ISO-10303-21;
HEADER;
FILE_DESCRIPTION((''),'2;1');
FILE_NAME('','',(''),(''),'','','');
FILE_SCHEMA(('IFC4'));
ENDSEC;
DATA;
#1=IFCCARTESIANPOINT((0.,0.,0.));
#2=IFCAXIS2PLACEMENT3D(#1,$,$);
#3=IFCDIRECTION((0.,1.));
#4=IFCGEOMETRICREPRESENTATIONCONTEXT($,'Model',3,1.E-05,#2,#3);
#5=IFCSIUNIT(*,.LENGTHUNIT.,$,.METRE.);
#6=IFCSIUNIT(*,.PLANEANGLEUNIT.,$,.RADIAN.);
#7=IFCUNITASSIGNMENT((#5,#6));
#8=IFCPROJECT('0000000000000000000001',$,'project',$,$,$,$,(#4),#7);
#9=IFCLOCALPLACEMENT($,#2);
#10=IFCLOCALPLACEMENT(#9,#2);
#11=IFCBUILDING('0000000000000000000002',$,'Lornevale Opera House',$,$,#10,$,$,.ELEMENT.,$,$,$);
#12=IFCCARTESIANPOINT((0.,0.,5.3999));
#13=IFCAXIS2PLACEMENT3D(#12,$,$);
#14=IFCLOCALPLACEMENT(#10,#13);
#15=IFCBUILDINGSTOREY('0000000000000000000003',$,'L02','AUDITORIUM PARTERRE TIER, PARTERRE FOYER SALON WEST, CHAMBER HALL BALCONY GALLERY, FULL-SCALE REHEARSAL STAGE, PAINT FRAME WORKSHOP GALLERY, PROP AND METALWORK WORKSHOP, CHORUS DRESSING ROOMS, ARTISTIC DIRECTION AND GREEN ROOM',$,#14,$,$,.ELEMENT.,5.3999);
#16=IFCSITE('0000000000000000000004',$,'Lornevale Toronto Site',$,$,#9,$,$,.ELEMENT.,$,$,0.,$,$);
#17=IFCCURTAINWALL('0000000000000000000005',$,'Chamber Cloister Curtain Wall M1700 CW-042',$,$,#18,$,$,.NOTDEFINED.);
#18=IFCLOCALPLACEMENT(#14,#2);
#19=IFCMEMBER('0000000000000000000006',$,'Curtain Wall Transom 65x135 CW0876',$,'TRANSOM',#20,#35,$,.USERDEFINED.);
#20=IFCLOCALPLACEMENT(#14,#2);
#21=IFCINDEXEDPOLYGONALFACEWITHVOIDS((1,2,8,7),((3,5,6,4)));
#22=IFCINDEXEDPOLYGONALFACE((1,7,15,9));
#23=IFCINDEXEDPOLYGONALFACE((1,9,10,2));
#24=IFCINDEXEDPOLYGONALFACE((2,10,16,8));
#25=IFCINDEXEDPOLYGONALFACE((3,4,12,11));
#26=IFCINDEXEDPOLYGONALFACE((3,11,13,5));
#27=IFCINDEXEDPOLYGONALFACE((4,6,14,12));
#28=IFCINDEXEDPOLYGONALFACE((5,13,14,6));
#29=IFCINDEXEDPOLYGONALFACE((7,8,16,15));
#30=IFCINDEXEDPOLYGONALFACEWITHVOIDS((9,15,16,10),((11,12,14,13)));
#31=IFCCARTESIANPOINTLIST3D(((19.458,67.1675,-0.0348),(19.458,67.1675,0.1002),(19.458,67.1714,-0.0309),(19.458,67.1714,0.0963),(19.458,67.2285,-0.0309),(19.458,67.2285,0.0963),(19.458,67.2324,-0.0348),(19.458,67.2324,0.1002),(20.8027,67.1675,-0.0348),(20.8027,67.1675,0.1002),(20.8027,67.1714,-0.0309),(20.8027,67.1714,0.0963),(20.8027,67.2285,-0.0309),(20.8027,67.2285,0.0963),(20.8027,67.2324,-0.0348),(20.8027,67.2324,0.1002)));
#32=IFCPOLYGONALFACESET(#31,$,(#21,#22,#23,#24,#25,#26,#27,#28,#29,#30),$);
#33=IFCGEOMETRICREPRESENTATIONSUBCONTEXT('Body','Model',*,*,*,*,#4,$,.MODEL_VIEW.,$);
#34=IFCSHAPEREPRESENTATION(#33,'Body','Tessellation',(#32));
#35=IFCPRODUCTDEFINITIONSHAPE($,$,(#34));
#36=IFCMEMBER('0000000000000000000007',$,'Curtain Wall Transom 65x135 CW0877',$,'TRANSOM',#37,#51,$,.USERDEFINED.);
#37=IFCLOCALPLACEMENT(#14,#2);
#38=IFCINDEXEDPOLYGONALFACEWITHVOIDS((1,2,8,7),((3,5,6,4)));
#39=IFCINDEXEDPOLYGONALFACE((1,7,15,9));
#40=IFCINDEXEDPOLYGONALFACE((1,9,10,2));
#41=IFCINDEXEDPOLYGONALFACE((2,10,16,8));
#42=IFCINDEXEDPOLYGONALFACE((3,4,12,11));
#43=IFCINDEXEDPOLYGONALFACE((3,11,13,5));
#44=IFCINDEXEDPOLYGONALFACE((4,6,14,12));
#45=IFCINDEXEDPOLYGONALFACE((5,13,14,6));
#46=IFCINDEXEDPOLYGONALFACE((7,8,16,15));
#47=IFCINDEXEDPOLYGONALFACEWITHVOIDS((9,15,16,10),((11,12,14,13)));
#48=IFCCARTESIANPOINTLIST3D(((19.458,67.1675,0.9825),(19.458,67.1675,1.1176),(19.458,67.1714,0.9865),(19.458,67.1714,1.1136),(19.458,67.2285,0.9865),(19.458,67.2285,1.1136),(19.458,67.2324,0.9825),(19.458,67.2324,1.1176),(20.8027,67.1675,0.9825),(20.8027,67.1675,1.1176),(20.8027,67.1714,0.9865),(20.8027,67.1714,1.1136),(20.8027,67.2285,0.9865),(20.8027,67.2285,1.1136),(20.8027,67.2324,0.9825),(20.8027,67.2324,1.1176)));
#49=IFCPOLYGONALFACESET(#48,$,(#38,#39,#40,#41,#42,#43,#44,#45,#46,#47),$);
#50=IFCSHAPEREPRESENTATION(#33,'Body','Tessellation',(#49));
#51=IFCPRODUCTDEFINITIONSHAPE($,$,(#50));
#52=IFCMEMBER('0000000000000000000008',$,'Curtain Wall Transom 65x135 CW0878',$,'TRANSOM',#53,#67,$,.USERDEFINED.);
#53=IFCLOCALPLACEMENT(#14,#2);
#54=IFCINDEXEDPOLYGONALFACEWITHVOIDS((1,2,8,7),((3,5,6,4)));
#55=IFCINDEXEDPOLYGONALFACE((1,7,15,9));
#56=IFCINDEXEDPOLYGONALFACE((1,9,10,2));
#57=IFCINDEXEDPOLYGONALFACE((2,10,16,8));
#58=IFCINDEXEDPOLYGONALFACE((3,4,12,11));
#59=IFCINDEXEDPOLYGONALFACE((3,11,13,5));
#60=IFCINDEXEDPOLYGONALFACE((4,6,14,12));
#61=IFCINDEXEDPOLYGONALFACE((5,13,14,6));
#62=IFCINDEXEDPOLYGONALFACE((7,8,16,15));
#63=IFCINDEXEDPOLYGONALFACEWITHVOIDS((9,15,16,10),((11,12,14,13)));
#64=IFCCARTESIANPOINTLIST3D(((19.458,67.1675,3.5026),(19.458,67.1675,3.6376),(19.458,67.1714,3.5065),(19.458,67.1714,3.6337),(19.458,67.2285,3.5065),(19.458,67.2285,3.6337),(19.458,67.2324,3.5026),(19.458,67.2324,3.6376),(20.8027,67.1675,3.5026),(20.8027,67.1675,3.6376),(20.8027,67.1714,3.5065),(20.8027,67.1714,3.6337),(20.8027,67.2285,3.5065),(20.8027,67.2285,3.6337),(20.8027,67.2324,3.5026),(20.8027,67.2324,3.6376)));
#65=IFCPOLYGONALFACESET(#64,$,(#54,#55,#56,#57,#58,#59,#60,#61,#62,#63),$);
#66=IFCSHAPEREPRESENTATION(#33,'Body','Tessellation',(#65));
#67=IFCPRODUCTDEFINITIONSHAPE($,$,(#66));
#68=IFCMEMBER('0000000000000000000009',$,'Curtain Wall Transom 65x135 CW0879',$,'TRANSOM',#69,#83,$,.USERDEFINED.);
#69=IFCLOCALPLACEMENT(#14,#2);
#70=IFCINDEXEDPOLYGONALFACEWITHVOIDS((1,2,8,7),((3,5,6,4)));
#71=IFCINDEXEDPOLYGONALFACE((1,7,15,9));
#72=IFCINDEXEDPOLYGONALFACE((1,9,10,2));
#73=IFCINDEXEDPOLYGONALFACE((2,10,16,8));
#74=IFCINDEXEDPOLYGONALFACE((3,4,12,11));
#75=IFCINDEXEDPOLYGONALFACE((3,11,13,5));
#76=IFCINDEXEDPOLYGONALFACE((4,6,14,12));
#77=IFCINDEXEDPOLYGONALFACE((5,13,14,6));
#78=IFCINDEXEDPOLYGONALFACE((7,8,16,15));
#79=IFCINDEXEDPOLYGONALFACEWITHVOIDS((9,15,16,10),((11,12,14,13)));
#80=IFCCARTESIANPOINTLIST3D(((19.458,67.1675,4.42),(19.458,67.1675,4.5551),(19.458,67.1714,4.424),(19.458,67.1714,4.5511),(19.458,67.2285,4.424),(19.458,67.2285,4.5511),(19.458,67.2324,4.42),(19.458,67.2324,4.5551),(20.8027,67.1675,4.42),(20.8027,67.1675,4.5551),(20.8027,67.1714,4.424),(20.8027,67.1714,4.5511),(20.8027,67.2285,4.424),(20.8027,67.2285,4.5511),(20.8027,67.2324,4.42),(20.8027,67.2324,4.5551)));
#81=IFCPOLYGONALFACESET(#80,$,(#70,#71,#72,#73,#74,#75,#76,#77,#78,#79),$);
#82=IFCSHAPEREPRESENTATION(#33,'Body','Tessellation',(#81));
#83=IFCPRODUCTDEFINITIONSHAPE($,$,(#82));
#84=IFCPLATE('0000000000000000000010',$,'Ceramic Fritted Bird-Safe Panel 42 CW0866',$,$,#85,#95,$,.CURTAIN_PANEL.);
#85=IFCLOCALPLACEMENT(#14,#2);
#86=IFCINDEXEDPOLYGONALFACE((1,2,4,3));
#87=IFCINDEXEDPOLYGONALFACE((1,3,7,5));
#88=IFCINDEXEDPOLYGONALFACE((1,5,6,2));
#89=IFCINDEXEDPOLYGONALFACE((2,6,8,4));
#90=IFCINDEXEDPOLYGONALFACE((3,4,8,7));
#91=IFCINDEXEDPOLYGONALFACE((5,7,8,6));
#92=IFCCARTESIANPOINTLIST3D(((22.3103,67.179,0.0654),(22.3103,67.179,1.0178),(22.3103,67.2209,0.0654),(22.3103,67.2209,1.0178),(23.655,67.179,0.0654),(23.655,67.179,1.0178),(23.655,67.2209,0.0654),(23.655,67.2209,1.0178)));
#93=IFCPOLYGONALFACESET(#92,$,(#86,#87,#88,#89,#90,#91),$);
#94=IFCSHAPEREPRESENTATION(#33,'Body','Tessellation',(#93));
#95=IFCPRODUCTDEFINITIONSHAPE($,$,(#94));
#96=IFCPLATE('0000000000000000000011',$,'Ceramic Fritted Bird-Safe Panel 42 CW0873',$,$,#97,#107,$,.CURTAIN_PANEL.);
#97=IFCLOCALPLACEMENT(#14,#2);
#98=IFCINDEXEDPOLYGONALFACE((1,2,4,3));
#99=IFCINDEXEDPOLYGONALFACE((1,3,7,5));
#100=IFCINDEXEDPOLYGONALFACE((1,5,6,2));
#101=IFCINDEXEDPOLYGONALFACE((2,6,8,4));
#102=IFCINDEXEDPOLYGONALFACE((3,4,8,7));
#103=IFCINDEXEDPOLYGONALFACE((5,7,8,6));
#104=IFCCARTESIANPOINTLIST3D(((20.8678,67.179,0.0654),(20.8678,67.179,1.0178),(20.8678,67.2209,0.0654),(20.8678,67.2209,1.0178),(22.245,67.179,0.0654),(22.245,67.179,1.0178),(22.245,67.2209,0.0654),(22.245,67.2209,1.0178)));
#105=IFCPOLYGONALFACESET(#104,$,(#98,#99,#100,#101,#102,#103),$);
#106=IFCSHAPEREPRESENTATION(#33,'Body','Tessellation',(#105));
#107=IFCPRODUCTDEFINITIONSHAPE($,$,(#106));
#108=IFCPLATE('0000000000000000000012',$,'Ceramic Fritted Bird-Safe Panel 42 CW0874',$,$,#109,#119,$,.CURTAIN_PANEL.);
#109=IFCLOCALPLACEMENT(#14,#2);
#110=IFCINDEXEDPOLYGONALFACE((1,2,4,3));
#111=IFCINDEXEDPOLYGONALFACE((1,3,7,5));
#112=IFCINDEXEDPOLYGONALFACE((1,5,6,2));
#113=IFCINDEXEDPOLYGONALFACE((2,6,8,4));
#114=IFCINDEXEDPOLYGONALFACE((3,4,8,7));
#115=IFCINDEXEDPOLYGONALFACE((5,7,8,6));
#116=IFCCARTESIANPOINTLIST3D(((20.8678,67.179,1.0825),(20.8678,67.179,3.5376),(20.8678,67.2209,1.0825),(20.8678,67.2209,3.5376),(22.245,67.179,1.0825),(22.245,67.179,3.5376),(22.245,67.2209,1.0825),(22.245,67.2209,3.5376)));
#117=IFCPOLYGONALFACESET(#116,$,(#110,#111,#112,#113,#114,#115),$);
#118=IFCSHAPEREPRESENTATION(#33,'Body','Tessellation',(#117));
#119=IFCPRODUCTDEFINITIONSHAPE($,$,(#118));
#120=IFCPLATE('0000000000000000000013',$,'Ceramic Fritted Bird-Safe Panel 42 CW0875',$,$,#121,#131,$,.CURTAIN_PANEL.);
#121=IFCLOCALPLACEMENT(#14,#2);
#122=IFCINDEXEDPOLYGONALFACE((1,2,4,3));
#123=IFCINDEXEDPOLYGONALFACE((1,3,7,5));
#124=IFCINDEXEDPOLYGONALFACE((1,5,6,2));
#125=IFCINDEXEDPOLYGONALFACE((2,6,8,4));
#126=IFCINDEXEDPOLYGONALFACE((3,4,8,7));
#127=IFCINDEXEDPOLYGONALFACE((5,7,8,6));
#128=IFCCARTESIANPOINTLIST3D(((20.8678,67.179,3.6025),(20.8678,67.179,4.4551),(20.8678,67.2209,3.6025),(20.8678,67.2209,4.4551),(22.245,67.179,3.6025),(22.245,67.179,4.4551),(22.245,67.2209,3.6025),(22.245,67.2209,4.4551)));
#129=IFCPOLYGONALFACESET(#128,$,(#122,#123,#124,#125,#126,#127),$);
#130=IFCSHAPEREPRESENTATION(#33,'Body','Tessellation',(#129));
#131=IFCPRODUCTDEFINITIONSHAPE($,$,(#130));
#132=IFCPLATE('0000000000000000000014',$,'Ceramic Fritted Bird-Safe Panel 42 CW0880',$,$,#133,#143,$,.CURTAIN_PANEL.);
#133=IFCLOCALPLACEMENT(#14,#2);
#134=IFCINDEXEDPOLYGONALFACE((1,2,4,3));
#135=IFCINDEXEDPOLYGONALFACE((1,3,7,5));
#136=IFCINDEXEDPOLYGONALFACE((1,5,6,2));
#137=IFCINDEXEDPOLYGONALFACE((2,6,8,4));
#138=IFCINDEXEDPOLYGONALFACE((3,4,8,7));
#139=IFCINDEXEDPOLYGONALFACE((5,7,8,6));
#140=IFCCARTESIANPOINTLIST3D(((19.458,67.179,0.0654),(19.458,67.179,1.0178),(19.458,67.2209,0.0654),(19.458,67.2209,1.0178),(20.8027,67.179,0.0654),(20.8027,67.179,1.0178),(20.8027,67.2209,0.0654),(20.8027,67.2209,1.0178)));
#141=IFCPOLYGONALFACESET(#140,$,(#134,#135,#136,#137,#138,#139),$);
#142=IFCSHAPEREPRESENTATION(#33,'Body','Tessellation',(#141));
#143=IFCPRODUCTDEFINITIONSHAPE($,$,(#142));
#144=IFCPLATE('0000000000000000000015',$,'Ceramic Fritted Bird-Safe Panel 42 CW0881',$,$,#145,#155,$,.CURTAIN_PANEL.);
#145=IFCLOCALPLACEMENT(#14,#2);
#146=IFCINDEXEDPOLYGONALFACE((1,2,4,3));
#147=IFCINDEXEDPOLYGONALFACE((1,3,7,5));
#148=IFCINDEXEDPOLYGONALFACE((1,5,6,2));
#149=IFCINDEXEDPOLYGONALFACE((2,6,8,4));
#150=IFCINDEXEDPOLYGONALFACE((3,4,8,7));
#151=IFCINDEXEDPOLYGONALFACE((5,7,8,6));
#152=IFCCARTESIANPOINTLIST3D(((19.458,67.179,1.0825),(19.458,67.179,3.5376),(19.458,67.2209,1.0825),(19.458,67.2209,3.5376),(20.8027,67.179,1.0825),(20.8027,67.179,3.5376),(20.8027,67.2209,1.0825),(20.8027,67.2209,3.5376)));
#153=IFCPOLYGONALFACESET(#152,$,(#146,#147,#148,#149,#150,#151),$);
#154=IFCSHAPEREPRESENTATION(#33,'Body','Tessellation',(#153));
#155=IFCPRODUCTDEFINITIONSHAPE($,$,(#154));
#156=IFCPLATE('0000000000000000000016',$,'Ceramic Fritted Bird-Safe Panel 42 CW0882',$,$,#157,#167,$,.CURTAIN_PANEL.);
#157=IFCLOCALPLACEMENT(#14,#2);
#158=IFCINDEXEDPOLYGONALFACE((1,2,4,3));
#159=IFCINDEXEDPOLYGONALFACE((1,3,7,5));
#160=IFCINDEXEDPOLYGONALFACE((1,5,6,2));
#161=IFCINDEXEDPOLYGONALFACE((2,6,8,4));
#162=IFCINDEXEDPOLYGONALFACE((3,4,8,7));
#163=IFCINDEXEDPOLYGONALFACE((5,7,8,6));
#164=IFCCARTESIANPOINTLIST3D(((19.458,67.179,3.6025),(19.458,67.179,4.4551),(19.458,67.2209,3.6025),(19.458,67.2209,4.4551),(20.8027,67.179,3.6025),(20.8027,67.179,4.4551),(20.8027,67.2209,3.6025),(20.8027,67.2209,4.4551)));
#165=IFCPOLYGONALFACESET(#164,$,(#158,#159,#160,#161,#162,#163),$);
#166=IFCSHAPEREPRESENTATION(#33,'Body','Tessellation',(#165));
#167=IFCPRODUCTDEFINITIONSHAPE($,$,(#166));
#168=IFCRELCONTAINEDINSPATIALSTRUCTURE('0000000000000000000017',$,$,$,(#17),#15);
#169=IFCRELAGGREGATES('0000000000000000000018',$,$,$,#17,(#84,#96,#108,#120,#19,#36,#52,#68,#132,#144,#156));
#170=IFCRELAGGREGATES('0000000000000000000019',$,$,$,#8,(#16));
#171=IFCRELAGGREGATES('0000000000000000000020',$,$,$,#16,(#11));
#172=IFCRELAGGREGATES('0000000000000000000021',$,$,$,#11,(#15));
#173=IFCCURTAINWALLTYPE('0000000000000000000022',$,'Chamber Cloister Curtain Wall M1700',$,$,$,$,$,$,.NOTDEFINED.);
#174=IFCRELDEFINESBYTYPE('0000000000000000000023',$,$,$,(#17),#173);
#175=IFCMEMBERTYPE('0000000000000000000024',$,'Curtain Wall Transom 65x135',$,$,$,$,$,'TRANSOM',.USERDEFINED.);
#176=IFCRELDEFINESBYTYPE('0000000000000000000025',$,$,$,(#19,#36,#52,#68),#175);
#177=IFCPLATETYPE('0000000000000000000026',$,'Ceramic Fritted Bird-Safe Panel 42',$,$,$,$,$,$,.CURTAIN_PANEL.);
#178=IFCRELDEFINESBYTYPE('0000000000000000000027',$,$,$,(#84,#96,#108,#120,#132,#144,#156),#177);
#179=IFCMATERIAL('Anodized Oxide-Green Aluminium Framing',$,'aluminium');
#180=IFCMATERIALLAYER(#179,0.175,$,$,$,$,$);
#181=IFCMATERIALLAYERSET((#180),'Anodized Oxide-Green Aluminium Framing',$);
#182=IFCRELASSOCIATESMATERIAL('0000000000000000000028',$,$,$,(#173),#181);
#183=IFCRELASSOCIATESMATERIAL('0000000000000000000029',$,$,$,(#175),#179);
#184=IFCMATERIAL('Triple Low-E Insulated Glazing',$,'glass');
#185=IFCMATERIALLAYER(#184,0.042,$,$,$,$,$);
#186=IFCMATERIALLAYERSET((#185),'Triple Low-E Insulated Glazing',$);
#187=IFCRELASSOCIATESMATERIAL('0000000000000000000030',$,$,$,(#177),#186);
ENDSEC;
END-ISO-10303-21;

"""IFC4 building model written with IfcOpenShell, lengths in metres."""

from ifc_helpers import new_model, si_unit, direction, frame, origin, origin_2d, place, context, subcontext, project, spatial, rectangle, hollow_rectangle, extrude, material, layer, layer_set, material_profile, profile_set, type_object, element, aggregate, save


model = new_model("IFC4")

# Units and contexts
model_context = context("Model", 3, precision=1e-05, world=origin(), true_north=direction((0.0, 1.0)))
body_context = subcontext(model_context, "Body", "Model", "MODEL_VIEW")
ifc_project = project(units=[si_unit("LENGTHUNIT", "METRE"), si_unit("PLANEANGLEUNIT", "RADIAN")], contexts=[model_context])

# Site, building, storey
site_placement = place(None, origin())
site = spatial("IfcSite", under=ifc_project, at=site_placement, Name="Lornevale Toronto Site", CompositionType="ELEMENT", RefElevation=0.0)
building_placement = place(site_placement, origin())
building = spatial("IfcBuilding", under=site, at=building_placement, Name="Lornevale Opera House", CompositionType="ELEMENT")
storey_placement = place(building_placement, frame((0.0, 0.0, 5.3999)))
storey = spatial("IfcBuildingStorey", under=building, at=storey_placement, Name="L02", Description="AUDITORIUM PARTERRE TIER, PARTERRE FOYER SALON WEST, CHAMBER HALL BALCONY GALLERY, FULL-SCALE REHEARSAL STAGE, PAINT FRAME WORKSHOP GALLERY, PROP AND METALWORK WORKSHOP, CHORUS DRESSING ROOMS, ARTISTIC DIRECTION AND GREEN ROOM", CompositionType="ELEMENT", Elevation=5.3999)

# Shared definitions
ifc_material_1 = material(Name="Anodized Oxide-Green Aluminium Framing", Category="aluminium")
ifc_layer_1 = layer(ifc_material_1, 0.175)
ifc_layer_set_1 = layer_set([ifc_layer_1], Name="Anodized Oxide-Green Aluminium Framing")
curtain_wall_type = type_object("IfcCurtainWallType", Name="Chamber Cloister Curtain Wall M1700", PredefinedType="NOTDEFINED", material=ifc_layer_set_1)

# Curtain wall, members, plates
curtain_wall_1_placement = place(storey_placement, origin())
curtain_wall_1 = element("IfcCurtainWall", 1, at=curtain_wall_1_placement, inside=storey, type_object=curtain_wall_type, Name="Chamber Cloister Curtain Wall M1700 CW-042", PredefinedType="NOTDEFINED")
ifc_material_profile_1 = material_profile(ifc_material_1, hollow_rectangle(XDim=0.0649, YDim=0.135, WallThickness=0.0039, at=origin_2d()), Name="ALU65x135x4")
ifc_profile_set_1 = profile_set([ifc_material_profile_1], Name="Anodized Oxide-Green Aluminium Framing")
member_type_1 = type_object("IfcMemberType", Name="Curtain Wall Transom 65x135", ElementType="TRANSOM", PredefinedType="USERDEFINED", material=ifc_profile_set_1)
member_1_placement = place(storey_placement, frame((20.8027, 67.2, 0.0327), z_axis=(-1.0, 0.0, 0.0), x_axis=(0.0, -1.0, 0.0)))
member_1 = element("IfcMember", 2, at=member_1_placement, type_object=member_type_1, Name="Curtain Wall Transom 65x135 CW0876", ObjectType="TRANSOM", PredefinedType="USERDEFINED", context=body_context, shape_type="SweptSolid", body=[
    extrude(hollow_rectangle(XDim=0.0649, YDim=0.135, WallThickness=0.0039, at=origin_2d()), origin(), (0.0, 0.0, 1.0), 1.3447),
])
member_2_placement = place(storey_placement, frame((20.8027, 67.2, 1.05), z_axis=(-1.0, 0.0, 0.0), x_axis=(0.0, -1.0, 0.0)))
member_2 = element("IfcMember", 3, at=member_2_placement, type_object=member_type_1, Name="Curtain Wall Transom 65x135 CW0877", ObjectType="TRANSOM", PredefinedType="USERDEFINED", context=body_context, shape_type="SweptSolid", body=[
    extrude(hollow_rectangle(XDim=0.0649, YDim=0.135, WallThickness=0.0039, at=origin_2d()), origin(), (0.0, 0.0, 1.0), 1.3447),
])
member_3_placement = place(storey_placement, frame((20.8027, 67.2, 3.5701), z_axis=(-1.0, 0.0, 0.0), x_axis=(0.0, -1.0, 0.0)))
member_3 = element("IfcMember", 4, at=member_3_placement, type_object=member_type_1, Name="Curtain Wall Transom 65x135 CW0878", ObjectType="TRANSOM", PredefinedType="USERDEFINED", context=body_context, shape_type="SweptSolid", body=[
    extrude(hollow_rectangle(XDim=0.0649, YDim=0.135, WallThickness=0.0039, at=origin_2d()), origin(), (0.0, 0.0, 1.0), 1.3447),
])
member_4_placement = place(storey_placement, frame((20.8027, 67.2, 4.4875), z_axis=(-1.0, 0.0, 0.0), x_axis=(0.0, -1.0, 0.0)))
member_4 = element("IfcMember", 5, at=member_4_placement, type_object=member_type_1, Name="Curtain Wall Transom 65x135 CW0879", ObjectType="TRANSOM", PredefinedType="USERDEFINED", context=body_context, shape_type="SweptSolid", body=[
    extrude(hollow_rectangle(XDim=0.0649, YDim=0.135, WallThickness=0.0039, at=origin_2d()), origin(), (0.0, 0.0, 1.0), 1.3447),
])
ifc_material_2 = material(Name="Triple Low-E Insulated Glazing", Category="glass")
ifc_layer_2 = layer(ifc_material_2, 0.042)
ifc_layer_set_2 = layer_set([ifc_layer_2], Name="Triple Low-E Insulated Glazing")
plate_type = type_object("IfcPlateType", Name="Ceramic Fritted Bird-Safe Panel 42", PredefinedType="CURTAIN_PANEL", material=ifc_layer_set_2)
plate_1_placement = place(storey_placement, frame((22.9827, 67.2, 0.0654), z_axis=(0.0, 0.0, 1.0), x_axis=(-1.0, 0.0, 0.0)))
plate_1 = element("IfcPlate", 6, at=plate_1_placement, type_object=plate_type, Name="Ceramic Fritted Bird-Safe Panel 42 CW0866", PredefinedType="CURTAIN_PANEL", context=body_context, shape_type="SweptSolid", body=[
    extrude(rectangle(XDim=1.3447, YDim=0.042, at=origin_2d()), origin(), (0.0, 0.0, 1.0), 0.9524),
])
plate_2_placement = place(storey_placement, frame((21.5564, 67.2, 0.0654), z_axis=(0.0, 0.0, 1.0), x_axis=(-1.0, 0.0, 0.0)))
plate_2 = element("IfcPlate", 7, at=plate_2_placement, type_object=plate_type, Name="Ceramic Fritted Bird-Safe Panel 42 CW0873", PredefinedType="CURTAIN_PANEL", context=body_context, shape_type="SweptSolid", body=[
    extrude(rectangle(XDim=1.3772, YDim=0.042, at=origin_2d()), origin(), (0.0, 0.0, 1.0), 0.9524),
])
plate_3_placement = place(storey_placement, frame((21.5564, 67.2, 1.0825), z_axis=(0.0, 0.0, 1.0), x_axis=(-1.0, 0.0, 0.0)))
plate_3 = element("IfcPlate", 8, at=plate_3_placement, type_object=plate_type, Name="Ceramic Fritted Bird-Safe Panel 42 CW0874", PredefinedType="CURTAIN_PANEL", context=body_context, shape_type="SweptSolid", body=[
    extrude(rectangle(XDim=1.3772, YDim=0.042, at=origin_2d()), origin(), (0.0, 0.0, 1.0), 2.4551),
])
plate_4_placement = place(storey_placement, frame((21.5564, 67.2, 3.6025), z_axis=(0.0, 0.0, 1.0), x_axis=(-1.0, 0.0, 0.0)))
plate_4 = element("IfcPlate", 9, at=plate_4_placement, type_object=plate_type, Name="Ceramic Fritted Bird-Safe Panel 42 CW0875", PredefinedType="CURTAIN_PANEL", context=body_context, shape_type="SweptSolid", body=[
    extrude(rectangle(XDim=1.3772, YDim=0.042, at=origin_2d()), origin(), (0.0, 0.0, 1.0), 0.8525),
])
plate_5_placement = place(storey_placement, frame((20.1304, 67.2, 0.0654), z_axis=(0.0, 0.0, 1.0), x_axis=(-1.0, 0.0, 0.0)))
plate_5 = element("IfcPlate", 10, at=plate_5_placement, type_object=plate_type, Name="Ceramic Fritted Bird-Safe Panel 42 CW0880", PredefinedType="CURTAIN_PANEL", context=body_context, shape_type="SweptSolid", body=[
    extrude(rectangle(XDim=1.3447, YDim=0.042, at=origin_2d()), origin(), (0.0, 0.0, 1.0), 0.9524),
])
plate_6_placement = place(storey_placement, frame((20.1304, 67.2, 1.0825), z_axis=(0.0, 0.0, 1.0), x_axis=(-1.0, 0.0, 0.0)))
plate_6 = element("IfcPlate", 11, at=plate_6_placement, type_object=plate_type, Name="Ceramic Fritted Bird-Safe Panel 42 CW0881", PredefinedType="CURTAIN_PANEL", context=body_context, shape_type="SweptSolid", body=[
    extrude(rectangle(XDim=1.3447, YDim=0.042, at=origin_2d()), origin(), (0.0, 0.0, 1.0), 2.4551),
])
plate_7_placement = place(storey_placement, frame((20.1304, 67.2, 3.6025), z_axis=(0.0, 0.0, 1.0), x_axis=(-1.0, 0.0, 0.0)))
plate_7 = element("IfcPlate", 12, at=plate_7_placement, type_object=plate_type, Name="Ceramic Fritted Bird-Safe Panel 42 CW0882", PredefinedType="CURTAIN_PANEL", context=body_context, shape_type="SweptSolid", body=[
    extrude(rectangle(XDim=1.3447, YDim=0.042, at=origin_2d()), origin(), (0.0, 0.0, 1.0), 0.8525),
])
aggregate(curtain_wall_1, [plate_1, plate_2, plate_3, plate_4, member_1, member_2, member_3, member_4, plate_5, plate_6, plate_7])

save(model, "model.ifc")
